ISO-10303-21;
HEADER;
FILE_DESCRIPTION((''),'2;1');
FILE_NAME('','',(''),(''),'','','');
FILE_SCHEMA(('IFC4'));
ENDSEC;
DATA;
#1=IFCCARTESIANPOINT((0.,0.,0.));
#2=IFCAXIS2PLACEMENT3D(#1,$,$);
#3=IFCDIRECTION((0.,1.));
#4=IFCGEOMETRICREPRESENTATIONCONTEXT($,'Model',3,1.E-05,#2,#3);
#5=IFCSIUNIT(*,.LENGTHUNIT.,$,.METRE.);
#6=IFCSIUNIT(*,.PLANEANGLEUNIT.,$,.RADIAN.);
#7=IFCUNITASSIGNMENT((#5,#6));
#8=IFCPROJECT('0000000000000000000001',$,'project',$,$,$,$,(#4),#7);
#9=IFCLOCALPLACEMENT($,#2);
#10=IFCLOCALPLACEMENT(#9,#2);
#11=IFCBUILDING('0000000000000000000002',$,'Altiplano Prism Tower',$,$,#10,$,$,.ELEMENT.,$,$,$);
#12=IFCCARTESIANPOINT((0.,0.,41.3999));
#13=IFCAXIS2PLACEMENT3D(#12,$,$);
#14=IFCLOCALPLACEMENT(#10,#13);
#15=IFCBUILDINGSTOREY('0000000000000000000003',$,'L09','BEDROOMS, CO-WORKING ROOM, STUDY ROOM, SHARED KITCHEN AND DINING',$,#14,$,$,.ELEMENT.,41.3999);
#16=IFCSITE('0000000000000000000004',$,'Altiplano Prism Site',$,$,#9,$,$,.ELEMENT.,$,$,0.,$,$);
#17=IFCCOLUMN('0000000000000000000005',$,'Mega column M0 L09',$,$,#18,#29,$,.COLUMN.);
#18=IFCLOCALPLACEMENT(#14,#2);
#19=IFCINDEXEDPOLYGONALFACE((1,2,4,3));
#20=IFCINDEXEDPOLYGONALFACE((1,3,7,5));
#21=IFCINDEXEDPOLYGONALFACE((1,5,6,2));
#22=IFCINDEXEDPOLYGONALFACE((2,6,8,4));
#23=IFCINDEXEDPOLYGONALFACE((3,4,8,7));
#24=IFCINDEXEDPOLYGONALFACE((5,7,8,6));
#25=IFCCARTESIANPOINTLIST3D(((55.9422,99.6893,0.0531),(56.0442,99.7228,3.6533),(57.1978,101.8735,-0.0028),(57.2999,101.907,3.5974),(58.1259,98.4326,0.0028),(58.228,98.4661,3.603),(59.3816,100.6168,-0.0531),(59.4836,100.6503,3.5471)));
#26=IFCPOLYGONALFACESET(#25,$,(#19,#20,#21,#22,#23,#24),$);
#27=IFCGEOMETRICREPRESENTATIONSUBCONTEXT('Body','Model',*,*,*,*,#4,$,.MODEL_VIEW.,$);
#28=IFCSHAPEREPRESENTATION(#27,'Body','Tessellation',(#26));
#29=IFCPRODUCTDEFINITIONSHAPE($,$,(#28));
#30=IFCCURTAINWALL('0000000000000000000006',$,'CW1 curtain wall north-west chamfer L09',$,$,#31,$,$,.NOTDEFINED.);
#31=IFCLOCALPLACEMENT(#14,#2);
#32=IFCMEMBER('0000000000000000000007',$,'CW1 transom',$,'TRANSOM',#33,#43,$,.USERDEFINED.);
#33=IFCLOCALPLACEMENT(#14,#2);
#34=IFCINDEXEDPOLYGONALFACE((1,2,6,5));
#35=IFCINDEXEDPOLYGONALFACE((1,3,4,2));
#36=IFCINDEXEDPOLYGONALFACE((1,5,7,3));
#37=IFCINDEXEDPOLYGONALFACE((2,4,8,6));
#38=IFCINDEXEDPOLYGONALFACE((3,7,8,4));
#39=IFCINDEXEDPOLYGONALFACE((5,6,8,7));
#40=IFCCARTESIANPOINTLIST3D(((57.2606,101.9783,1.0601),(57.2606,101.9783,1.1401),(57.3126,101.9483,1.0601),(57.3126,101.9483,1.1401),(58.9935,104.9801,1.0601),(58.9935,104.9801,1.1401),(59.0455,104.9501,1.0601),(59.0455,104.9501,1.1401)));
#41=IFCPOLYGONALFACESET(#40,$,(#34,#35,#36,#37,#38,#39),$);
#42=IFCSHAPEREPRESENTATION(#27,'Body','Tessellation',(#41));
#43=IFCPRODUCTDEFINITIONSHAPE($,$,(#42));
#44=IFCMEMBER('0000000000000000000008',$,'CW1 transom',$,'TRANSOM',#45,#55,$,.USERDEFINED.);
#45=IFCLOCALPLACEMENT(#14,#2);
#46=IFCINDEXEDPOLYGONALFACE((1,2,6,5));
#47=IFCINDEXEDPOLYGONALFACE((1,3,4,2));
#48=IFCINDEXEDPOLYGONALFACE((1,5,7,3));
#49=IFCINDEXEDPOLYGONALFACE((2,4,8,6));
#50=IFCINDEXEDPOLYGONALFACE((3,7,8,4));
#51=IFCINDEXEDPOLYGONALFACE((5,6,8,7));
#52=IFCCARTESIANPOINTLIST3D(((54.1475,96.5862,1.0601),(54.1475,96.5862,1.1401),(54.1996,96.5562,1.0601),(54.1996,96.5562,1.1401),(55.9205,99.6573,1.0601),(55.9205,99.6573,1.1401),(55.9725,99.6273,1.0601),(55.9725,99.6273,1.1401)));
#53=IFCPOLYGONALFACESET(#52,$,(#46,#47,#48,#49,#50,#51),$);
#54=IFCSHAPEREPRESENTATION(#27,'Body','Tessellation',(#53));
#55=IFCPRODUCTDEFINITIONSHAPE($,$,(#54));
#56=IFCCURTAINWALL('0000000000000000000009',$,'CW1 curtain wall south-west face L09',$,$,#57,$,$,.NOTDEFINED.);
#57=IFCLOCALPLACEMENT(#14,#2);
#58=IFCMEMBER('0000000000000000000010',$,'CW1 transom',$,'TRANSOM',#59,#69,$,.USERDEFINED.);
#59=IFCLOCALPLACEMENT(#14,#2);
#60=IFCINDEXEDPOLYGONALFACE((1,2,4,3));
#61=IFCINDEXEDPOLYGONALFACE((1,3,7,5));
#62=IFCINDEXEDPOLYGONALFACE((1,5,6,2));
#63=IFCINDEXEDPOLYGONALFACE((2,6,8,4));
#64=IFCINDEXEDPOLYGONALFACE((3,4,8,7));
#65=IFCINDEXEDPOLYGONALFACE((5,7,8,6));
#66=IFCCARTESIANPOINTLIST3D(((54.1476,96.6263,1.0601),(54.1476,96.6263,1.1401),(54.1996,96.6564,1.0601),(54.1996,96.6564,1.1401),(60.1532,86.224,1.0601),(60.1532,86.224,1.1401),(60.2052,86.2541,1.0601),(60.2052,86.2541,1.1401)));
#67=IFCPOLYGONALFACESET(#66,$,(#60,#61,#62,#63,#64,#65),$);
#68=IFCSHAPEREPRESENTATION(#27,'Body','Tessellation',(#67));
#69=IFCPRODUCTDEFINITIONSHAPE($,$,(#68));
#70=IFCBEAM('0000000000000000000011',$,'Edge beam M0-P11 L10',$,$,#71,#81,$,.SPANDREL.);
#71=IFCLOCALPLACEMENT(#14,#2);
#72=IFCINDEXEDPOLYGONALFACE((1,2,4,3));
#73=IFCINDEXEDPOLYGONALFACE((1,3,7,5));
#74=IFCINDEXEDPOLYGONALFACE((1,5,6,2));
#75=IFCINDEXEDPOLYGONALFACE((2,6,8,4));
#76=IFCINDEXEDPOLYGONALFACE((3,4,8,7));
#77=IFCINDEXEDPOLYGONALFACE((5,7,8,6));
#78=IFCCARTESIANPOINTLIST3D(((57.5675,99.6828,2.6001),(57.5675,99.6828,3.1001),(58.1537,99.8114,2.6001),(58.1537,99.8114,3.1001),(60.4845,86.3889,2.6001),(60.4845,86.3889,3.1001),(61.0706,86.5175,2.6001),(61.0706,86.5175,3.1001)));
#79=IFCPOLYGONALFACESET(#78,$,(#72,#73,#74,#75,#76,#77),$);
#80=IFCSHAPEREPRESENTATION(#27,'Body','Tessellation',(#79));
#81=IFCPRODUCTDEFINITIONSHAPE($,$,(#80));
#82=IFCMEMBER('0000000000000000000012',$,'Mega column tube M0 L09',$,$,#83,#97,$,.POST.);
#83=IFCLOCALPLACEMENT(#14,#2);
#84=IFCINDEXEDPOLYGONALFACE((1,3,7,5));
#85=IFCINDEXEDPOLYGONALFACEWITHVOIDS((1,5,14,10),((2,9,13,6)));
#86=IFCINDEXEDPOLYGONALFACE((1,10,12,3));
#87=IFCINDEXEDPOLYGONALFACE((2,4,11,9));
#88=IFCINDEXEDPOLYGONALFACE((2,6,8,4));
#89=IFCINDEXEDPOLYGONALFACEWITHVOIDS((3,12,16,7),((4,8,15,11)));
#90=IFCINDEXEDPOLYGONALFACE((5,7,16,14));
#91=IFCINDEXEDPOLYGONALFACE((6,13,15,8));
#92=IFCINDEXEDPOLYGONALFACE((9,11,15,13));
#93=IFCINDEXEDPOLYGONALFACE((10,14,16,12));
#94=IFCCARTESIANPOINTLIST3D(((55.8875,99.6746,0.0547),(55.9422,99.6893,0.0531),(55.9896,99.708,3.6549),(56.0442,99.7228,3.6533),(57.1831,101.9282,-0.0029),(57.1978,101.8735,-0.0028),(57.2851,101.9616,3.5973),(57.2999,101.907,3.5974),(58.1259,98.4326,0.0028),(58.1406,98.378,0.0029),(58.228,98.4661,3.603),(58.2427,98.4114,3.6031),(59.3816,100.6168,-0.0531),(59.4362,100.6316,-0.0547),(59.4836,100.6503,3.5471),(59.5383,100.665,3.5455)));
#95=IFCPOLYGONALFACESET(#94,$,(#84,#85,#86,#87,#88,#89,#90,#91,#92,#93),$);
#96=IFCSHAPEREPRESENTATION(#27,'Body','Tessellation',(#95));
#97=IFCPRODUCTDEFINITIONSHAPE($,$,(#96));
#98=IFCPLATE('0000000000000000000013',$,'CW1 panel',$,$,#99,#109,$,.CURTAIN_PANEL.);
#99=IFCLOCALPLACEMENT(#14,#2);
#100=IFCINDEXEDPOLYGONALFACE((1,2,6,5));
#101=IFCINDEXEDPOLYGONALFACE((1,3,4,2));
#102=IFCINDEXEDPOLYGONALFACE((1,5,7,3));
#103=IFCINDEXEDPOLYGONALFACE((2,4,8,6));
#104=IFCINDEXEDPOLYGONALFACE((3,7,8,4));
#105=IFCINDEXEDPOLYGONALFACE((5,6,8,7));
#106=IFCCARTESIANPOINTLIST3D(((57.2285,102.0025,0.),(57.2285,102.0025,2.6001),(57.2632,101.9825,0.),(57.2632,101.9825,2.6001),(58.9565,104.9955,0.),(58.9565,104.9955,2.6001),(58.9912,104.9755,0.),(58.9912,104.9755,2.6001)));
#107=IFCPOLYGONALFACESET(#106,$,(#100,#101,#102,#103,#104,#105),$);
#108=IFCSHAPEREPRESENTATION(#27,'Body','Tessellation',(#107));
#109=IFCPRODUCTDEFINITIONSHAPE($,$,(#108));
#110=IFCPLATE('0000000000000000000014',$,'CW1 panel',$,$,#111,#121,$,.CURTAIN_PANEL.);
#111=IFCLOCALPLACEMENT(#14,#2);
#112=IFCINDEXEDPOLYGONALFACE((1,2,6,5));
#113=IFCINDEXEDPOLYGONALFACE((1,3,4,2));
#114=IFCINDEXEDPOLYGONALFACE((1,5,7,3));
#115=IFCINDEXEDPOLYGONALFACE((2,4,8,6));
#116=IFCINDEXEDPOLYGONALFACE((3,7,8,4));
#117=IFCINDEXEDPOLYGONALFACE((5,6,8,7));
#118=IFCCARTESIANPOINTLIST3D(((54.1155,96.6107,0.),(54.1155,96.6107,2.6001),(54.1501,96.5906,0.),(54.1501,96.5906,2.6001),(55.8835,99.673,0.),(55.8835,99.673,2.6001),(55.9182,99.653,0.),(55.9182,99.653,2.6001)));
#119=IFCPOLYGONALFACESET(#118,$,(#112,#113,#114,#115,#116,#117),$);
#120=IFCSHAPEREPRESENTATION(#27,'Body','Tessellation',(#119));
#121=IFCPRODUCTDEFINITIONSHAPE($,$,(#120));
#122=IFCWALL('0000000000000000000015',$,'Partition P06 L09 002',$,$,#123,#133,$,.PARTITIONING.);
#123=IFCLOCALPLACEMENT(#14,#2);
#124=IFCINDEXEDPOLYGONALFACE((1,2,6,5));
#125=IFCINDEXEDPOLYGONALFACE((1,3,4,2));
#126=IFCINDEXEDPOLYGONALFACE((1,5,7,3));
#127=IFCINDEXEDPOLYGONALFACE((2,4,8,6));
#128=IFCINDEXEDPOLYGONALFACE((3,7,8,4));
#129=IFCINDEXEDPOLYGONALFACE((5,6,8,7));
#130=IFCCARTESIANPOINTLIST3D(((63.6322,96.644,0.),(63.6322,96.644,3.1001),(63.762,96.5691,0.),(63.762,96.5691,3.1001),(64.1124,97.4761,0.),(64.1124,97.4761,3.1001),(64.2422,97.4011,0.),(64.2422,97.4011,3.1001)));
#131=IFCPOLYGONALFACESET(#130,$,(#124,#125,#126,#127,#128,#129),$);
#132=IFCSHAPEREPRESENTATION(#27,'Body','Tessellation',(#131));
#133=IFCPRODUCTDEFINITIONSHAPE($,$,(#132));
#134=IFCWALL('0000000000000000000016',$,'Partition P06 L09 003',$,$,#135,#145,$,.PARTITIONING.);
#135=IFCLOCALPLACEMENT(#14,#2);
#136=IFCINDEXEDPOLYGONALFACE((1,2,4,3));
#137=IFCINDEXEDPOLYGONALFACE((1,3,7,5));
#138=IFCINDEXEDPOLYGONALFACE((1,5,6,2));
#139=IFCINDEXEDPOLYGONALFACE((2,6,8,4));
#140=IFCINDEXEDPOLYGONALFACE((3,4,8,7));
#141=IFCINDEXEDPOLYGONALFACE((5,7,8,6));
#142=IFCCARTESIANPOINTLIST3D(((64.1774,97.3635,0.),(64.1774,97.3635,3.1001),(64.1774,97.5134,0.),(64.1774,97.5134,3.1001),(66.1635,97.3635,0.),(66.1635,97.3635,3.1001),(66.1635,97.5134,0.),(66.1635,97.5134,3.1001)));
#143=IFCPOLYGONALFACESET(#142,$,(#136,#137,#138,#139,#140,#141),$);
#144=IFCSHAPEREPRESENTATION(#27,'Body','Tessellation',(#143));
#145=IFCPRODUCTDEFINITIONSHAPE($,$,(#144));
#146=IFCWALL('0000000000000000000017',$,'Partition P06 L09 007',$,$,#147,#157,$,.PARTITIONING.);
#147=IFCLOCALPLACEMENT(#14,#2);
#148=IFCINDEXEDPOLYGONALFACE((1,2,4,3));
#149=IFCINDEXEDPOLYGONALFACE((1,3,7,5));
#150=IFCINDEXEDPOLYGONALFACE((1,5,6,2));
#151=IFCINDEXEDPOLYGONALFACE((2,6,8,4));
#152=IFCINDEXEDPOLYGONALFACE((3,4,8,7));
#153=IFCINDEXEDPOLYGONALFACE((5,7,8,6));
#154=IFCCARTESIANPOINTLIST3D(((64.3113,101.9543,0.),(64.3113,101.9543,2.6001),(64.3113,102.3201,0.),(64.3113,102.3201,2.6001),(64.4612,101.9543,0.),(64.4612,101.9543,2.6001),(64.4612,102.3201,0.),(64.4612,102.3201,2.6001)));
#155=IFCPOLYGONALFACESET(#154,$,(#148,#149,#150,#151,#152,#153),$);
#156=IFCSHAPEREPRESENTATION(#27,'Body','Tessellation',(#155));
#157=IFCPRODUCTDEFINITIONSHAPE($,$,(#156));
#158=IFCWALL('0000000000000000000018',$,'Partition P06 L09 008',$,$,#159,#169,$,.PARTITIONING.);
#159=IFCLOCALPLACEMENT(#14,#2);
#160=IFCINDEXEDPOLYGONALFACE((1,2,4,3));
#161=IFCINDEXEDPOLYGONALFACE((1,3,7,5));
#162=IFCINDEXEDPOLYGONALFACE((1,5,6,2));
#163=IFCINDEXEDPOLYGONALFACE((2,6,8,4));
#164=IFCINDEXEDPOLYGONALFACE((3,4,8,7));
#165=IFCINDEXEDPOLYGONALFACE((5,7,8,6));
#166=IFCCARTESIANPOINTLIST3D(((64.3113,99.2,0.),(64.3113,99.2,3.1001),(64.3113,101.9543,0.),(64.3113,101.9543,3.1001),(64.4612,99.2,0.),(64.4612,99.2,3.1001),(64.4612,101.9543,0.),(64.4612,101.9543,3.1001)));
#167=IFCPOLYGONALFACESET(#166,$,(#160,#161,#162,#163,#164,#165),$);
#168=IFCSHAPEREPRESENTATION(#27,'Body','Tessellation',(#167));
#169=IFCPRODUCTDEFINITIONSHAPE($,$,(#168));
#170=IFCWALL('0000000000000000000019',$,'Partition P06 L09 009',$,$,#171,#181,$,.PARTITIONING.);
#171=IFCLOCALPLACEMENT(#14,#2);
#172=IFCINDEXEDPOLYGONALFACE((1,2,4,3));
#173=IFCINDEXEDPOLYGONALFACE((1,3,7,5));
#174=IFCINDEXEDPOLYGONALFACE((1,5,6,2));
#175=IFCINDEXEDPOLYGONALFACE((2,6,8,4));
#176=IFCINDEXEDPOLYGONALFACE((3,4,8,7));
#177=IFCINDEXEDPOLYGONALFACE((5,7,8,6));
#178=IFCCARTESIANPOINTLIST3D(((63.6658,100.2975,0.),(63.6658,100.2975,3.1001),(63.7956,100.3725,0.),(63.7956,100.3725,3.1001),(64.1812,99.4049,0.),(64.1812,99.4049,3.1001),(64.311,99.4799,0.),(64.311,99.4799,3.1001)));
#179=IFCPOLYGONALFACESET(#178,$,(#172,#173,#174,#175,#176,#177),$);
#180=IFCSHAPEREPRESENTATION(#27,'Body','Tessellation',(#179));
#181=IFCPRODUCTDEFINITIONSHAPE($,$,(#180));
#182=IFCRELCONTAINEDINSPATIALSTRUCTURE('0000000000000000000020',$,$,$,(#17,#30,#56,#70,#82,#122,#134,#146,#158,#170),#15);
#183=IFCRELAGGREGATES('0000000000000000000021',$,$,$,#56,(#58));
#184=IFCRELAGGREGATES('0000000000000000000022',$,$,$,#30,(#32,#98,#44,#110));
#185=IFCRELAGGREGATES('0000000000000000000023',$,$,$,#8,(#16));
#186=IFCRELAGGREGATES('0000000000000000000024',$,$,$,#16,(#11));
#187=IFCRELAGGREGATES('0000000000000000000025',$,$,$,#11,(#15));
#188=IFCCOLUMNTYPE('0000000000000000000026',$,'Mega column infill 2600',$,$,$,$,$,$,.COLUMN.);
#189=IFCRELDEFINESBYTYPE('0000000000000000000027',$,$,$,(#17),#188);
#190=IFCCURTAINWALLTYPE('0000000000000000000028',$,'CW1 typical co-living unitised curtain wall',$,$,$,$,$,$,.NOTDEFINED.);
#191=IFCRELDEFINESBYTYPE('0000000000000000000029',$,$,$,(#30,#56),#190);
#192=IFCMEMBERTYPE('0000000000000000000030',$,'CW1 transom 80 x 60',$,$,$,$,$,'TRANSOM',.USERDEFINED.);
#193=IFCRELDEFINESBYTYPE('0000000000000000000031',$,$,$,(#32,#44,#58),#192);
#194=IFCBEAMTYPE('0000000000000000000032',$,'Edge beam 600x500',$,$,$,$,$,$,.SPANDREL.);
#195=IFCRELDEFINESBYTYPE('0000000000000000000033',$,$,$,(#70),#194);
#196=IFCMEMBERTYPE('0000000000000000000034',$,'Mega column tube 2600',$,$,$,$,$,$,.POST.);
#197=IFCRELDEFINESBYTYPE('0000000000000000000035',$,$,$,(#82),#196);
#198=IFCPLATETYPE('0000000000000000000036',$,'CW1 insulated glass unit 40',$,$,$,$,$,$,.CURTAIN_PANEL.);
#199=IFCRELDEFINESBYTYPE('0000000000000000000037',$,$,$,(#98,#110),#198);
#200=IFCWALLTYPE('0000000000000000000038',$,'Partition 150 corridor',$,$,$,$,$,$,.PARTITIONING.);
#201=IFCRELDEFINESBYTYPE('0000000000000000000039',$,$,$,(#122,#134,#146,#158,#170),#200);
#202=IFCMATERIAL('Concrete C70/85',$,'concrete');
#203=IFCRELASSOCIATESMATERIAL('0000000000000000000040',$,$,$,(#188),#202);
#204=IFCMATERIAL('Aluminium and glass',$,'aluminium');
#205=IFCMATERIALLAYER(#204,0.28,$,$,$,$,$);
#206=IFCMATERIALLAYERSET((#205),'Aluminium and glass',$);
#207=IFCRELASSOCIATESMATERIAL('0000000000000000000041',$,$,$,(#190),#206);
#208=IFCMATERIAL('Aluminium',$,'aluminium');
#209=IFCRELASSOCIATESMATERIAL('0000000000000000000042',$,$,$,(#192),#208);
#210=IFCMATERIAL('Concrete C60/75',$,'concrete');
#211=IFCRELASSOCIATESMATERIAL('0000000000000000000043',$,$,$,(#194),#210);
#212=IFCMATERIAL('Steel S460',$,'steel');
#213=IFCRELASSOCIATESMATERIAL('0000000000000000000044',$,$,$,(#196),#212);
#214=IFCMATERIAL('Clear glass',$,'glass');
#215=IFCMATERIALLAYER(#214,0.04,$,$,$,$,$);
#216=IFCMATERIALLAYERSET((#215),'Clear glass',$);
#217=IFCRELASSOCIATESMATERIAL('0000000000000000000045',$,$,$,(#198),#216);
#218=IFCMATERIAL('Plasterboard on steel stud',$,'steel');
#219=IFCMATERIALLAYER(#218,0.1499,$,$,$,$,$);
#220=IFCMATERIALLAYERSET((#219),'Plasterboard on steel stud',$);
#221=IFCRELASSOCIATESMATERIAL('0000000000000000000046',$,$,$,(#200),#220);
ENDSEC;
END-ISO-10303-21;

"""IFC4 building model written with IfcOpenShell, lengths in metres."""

from ifc_helpers import new_model, si_unit, direction, frame, frame_2d, origin, origin_2d, place, context, subcontext, project, spatial, rectangle, hollow_rectangle, extrude, material, layer, layer_set, material_profile, profile_set, type_object, element, aggregate, save


model = new_model("IFC4")

# Units and contexts
model_context = context("Model", 3, precision=1e-05, world=origin(), true_north=direction((0.0, 1.0)))
body_context = subcontext(model_context, "Body", "Model", "MODEL_VIEW")
ifc_project = project(units=[si_unit("LENGTHUNIT", "METRE"), si_unit("PLANEANGLEUNIT", "RADIAN")], contexts=[model_context])

# Site, building, storey
site_placement = place(None, origin())
site = spatial("IfcSite", under=ifc_project, at=site_placement, Name="Altiplano Prism Site", CompositionType="ELEMENT", RefElevation=0.0)
building_placement = place(site_placement, origin())
building = spatial("IfcBuilding", under=site, at=building_placement, Name="Altiplano Prism Tower", CompositionType="ELEMENT")
storey_placement = place(building_placement, frame((0.0, 0.0, 41.3999)))
storey = spatial("IfcBuildingStorey", under=building, at=storey_placement, Name="L09", Description="BEDROOMS, CO-WORKING ROOM, STUDY ROOM, SHARED KITCHEN AND DINING", CompositionType="ELEMENT", Elevation=41.3999)

# Column
ifc_material_1 = material(Name="Concrete C70/85", Category="concrete")
ifc_material_profile_1 = material_profile(ifc_material_1, rectangle(XDim=2.52, YDim=2.52, at=origin_2d()), Name="Mega column infill 2600")
ifc_profile_set_1 = profile_set([ifc_material_profile_1], Name="Concrete C70/85")
column_type = type_object("IfcColumnType", Name="Mega column infill 2600", PredefinedType="COLUMN", material=ifc_profile_set_1)
column_placement = place(storey_placement, frame((57.6619, 100.1531, 0.0), z_axis=(0.028334, 0.009287, 0.999555), x_axis=(-0.866556, 0.498682, 0.019931)))
element("IfcColumn", 1, at=column_placement, inside=storey, type_object=column_type, Name="Mega column M0 L09", PredefinedType="COLUMN", context=body_context, shape_type="SweptSolid", body=[
    extrude(rectangle(XDim=2.52, YDim=2.52, at=origin_2d()), origin(), (0.0, 0.0, 1.0), 3.6018),
])

# Curtain wall, members
ifc_material_2 = material(Name="Aluminium and glass", Category="aluminium")
ifc_layer_1 = layer(ifc_material_2, 0.28)
ifc_layer_set_1 = layer_set([ifc_layer_1], Name="Aluminium and glass")
curtain_wall_type = type_object("IfcCurtainWallType", Name="CW1 typical co-living unitised curtain wall", PredefinedType="NOTDEFINED", material=ifc_layer_set_1)
curtain_wall_1_placement = place(storey_placement, origin())
curtain_wall_1 = element("IfcCurtainWall", 2, at=curtain_wall_1_placement, inside=storey, type_object=curtain_wall_type, Name="CW1 curtain wall north-west chamfer L09", PredefinedType="NOTDEFINED")
ifc_material_3 = material(Name="Aluminium", Category="aluminium")
ifc_material_profile_2 = material_profile(ifc_material_3, rectangle(XDim=0.0601, YDim=0.0801, at=origin_2d()), Name="CW1 transom 80 x 60")
ifc_profile_set_2 = profile_set([ifc_material_profile_2], Name="Aluminium")
member_type_1 = type_object("IfcMemberType", Name="CW1 transom 80 x 60", ElementType="TRANSOM", PredefinedType="USERDEFINED", material=ifc_profile_set_2)
member_1_placement = place(storey_placement, frame((59.0195, 104.9651, 1.1001), z_axis=(-0.499972, -0.866041, 0.0), x_axis=(0.866041, -0.499972, 0.0)))
member_1 = element("IfcMember", 3, at=member_1_placement, type_object=member_type_1, Name="CW1 transom", ObjectType="TRANSOM", PredefinedType="USERDEFINED", context=body_context, shape_type="SweptSolid", body=[
    extrude(rectangle(XDim=0.0601, YDim=0.0801, at=origin_2d()), origin(), (0.0, 0.0, 1.0), 3.4661),
])
member_2_placement = place(storey_placement, frame((55.9465, 99.6423, 1.1001), z_axis=(-0.499975, -0.86604, 0.0), x_axis=(0.86604, -0.499975, 0.0)))
member_2 = element("IfcMember", 4, at=member_2_placement, type_object=member_type_1, Name="CW1 transom", ObjectType="TRANSOM", PredefinedType="USERDEFINED", context=body_context, shape_type="SweptSolid", body=[
    extrude(rectangle(XDim=0.0601, YDim=0.0801, at=origin_2d()), origin(), (0.0, 0.0, 1.0), 3.5461),
])

# Curtain wall, member
curtain_wall_2_placement = place(storey_placement, origin())
curtain_wall_2 = element("IfcCurtainWall", 5, at=curtain_wall_2_placement, inside=storey, type_object=curtain_wall_type, Name="CW1 curtain wall south-west face L09", PredefinedType="NOTDEFINED")
member_3_placement = place(storey_placement, frame((54.1736, 96.6414, 1.1001), z_axis=(0.499989, -0.866032, 0.0), x_axis=(0.866032, 0.499989, 0.0)))
member_3 = element("IfcMember", 6, at=member_3_placement, type_object=member_type_1, Name="CW1 transom", ObjectType="TRANSOM", PredefinedType="USERDEFINED", context=body_context, shape_type="SweptSolid", body=[
    extrude(rectangle(XDim=0.0601, YDim=0.0801, at=origin_2d()), origin(), (0.0, 0.0, 1.0), 12.0115),
])
aggregate(curtain_wall_2, [member_3])

# Beam
ifc_material_4 = material(Name="Concrete C60/75", Category="concrete")
ifc_material_profile_3 = material_profile(ifc_material_4, rectangle(XDim=0.6001, YDim=0.5, at=origin_2d()), Name="Edge beam 600x500")
ifc_profile_set_3 = profile_set([ifc_material_profile_3], Name="Concrete C60/75")
beam_type = type_object("IfcBeamType", Name="Edge beam 600x500", PredefinedType="SPANDREL", material=ifc_profile_set_3)
beam_placement = place(storey_placement, frame((57.8606, 99.7471, 2.8501), z_axis=(0.214324, -0.976763, 0.0), x_axis=(0.976763, 0.214324, 0.0)))
element("IfcBeam", 7, at=beam_placement, inside=storey, type_object=beam_type, Name="Edge beam M0-P11 L10", PredefinedType="SPANDREL", context=body_context, shape_type="SweptSolid", body=[
    extrude(rectangle(XDim=0.6001, YDim=0.5, at=origin_2d()), origin(), (0.0, 0.0, 1.0), 13.6101),
])

# Member
ifc_material_5 = material(Name="Steel S460", Category="steel")
ifc_material_profile_4 = material_profile(ifc_material_5, hollow_rectangle(XDim=2.6001, YDim=2.6001, WallThickness=0.04, at=origin_2d()), Name="Mega column tube 2600")
ifc_profile_set_4 = profile_set([ifc_material_profile_4], Name="Steel S460")
member_type_2 = type_object("IfcMemberType", Name="Mega column tube 2600", PredefinedType="POST", material=ifc_profile_set_4)
member_4_placement = place(storey_placement, frame((57.6619, 100.1531, 0.0), z_axis=(0.028334, 0.009287, 0.999555), x_axis=(-0.866556, 0.498682, 0.019931)))
element("IfcMember", 8, at=member_4_placement, inside=storey, type_object=member_type_2, Name="Mega column tube M0 L09", PredefinedType="POST", context=body_context, shape_type="SweptSolid", body=[
    extrude(hollow_rectangle(XDim=2.6001, YDim=2.6001, WallThickness=0.04, at=origin_2d()), origin(), (0.0, 0.0, 1.0), 3.6018),
])

# Plates
ifc_material_6 = material(Name="Clear glass", Category="glass")
ifc_layer_2 = layer(ifc_material_6, 0.04)
ifc_layer_set_2 = layer_set([ifc_layer_2], Name="Clear glass")
plate_type = type_object("IfcPlateType", Name="CW1 insulated glass unit 40", PredefinedType="CURTAIN_PANEL", material=ifc_layer_set_2)
plate_1_placement = place(storey_placement, frame((58.1099, 103.489, 0.0), z_axis=(0.0, 0.0, 1.0), x_axis=(-0.5, -0.866025, 0.0)))
plate_1 = element("IfcPlate", 9, at=plate_1_placement, type_object=plate_type, Name="CW1 panel", PredefinedType="CURTAIN_PANEL", context=body_context, shape_type="SweptSolid", body=[
    extrude(rectangle(XDim=3.4561, YDim=0.04, at=origin_2d()), origin(), (0.0, 0.0, 1.0), 2.6001),
])
plate_2_placement = place(storey_placement, frame((55.0168, 98.1318, 0.0), z_axis=(0.0, 0.0, 1.0), x_axis=(-0.5, -0.866025, 0.0)))
plate_2 = element("IfcPlate", 10, at=plate_2_placement, type_object=plate_type, Name="CW1 panel", PredefinedType="CURTAIN_PANEL", context=body_context, shape_type="SweptSolid", body=[
    extrude(rectangle(XDim=3.5361, YDim=0.04, at=origin_2d()), origin(), (0.0, 0.0, 1.0), 2.6001),
])
aggregate(curtain_wall_1, [member_1, plate_1, member_2, plate_2])

# Walls
ifc_material_7 = material(Name="Plasterboard on steel stud", Category="steel")
ifc_layer_3 = layer(ifc_material_7, 0.1499)
ifc_layer_set_3 = layer_set([ifc_layer_3], Name="Plasterboard on steel stud")
wall_type_1 = type_object("IfcWallType", Name="Partition 150 corridor", PredefinedType="PARTITIONING", material=ifc_layer_set_3)
wall_1_placement = place(storey_placement, frame((63.697, 96.6064, 0.0), z_axis=(0.0, 0.0, 1.0), x_axis=(0.499884, 0.866092, 0.0)))
element("IfcWall", 11, at=wall_1_placement, inside=storey, type_object=wall_type_1, Name="Partition P06 L09 002", PredefinedType="PARTITIONING", context=body_context, shape_type="SweptSolid", body=[
    extrude(rectangle(XDim=0.9607, YDim=0.1499, at=frame_2d((0.4805, 0.0))), origin(), (0.0, 0.0, 1.0), 3.1001),
])
wall_2_placement = place(storey_placement, frame((64.1772, 97.4385, 0.0), z_axis=(0.0, 0.0, 1.0), x_axis=(1.0, 0.0, 0.0)))
element("IfcWall", 12, at=wall_2_placement, inside=storey, type_object=wall_type_1, Name="Partition P06 L09 003", PredefinedType="PARTITIONING", context=body_context, shape_type="SweptSolid", body=[
    extrude(rectangle(XDim=1.9861, YDim=0.1499, at=frame_2d((0.9932, 0.0))), origin(), (0.0, 0.0, 1.0), 3.1001),
])
wall_3_placement = place(storey_placement, frame((64.3862, 102.3201, 0.0), z_axis=(0.0, 0.0, 1.0), x_axis=(0.0, -1.0, 0.0)))
element("IfcWall", 13, at=wall_3_placement, inside=storey, type_object=wall_type_1, Name="Partition P06 L09 007", PredefinedType="PARTITIONING", context=body_context, shape_type="SweptSolid", body=[
    extrude(rectangle(XDim=0.3657, YDim=0.1499, at=frame_2d((0.1829, 0.0))), origin(), (0.0, 0.0, 1.0), 2.6001),
])
wall_4_placement = place(storey_placement, frame((64.3862, 101.9543, 0.0), z_axis=(0.0, 0.0, 1.0), x_axis=(0.0, -1.0, 0.0)))
element("IfcWall", 14, at=wall_4_placement, inside=storey, type_object=wall_type_1, Name="Partition P06 L09 008", PredefinedType="PARTITIONING", context=body_context, shape_type="SweptSolid", body=[
    extrude(rectangle(XDim=2.7544, YDim=0.1499, at=frame_2d((1.3772, 0.0))), origin(), (0.0, 0.0, 1.0), 3.1001),
])
wall_5_placement = place(storey_placement, frame((64.2461, 99.4424, 0.0), z_axis=(0.0, 0.0, 1.0), x_axis=(-0.500037, 0.866004, 0.0)))
element("IfcWall", 15, at=wall_5_placement, inside=storey, type_object=wall_type_1, Name="Partition P06 L09 009", PredefinedType="PARTITIONING", context=body_context, shape_type="SweptSolid", body=[
    extrude(rectangle(XDim=1.0308, YDim=0.1499, at=frame_2d((0.5154, 0.0))), origin(), (0.0, 0.0, 1.0), 3.1001),
])

save(model, "model.ifc")
